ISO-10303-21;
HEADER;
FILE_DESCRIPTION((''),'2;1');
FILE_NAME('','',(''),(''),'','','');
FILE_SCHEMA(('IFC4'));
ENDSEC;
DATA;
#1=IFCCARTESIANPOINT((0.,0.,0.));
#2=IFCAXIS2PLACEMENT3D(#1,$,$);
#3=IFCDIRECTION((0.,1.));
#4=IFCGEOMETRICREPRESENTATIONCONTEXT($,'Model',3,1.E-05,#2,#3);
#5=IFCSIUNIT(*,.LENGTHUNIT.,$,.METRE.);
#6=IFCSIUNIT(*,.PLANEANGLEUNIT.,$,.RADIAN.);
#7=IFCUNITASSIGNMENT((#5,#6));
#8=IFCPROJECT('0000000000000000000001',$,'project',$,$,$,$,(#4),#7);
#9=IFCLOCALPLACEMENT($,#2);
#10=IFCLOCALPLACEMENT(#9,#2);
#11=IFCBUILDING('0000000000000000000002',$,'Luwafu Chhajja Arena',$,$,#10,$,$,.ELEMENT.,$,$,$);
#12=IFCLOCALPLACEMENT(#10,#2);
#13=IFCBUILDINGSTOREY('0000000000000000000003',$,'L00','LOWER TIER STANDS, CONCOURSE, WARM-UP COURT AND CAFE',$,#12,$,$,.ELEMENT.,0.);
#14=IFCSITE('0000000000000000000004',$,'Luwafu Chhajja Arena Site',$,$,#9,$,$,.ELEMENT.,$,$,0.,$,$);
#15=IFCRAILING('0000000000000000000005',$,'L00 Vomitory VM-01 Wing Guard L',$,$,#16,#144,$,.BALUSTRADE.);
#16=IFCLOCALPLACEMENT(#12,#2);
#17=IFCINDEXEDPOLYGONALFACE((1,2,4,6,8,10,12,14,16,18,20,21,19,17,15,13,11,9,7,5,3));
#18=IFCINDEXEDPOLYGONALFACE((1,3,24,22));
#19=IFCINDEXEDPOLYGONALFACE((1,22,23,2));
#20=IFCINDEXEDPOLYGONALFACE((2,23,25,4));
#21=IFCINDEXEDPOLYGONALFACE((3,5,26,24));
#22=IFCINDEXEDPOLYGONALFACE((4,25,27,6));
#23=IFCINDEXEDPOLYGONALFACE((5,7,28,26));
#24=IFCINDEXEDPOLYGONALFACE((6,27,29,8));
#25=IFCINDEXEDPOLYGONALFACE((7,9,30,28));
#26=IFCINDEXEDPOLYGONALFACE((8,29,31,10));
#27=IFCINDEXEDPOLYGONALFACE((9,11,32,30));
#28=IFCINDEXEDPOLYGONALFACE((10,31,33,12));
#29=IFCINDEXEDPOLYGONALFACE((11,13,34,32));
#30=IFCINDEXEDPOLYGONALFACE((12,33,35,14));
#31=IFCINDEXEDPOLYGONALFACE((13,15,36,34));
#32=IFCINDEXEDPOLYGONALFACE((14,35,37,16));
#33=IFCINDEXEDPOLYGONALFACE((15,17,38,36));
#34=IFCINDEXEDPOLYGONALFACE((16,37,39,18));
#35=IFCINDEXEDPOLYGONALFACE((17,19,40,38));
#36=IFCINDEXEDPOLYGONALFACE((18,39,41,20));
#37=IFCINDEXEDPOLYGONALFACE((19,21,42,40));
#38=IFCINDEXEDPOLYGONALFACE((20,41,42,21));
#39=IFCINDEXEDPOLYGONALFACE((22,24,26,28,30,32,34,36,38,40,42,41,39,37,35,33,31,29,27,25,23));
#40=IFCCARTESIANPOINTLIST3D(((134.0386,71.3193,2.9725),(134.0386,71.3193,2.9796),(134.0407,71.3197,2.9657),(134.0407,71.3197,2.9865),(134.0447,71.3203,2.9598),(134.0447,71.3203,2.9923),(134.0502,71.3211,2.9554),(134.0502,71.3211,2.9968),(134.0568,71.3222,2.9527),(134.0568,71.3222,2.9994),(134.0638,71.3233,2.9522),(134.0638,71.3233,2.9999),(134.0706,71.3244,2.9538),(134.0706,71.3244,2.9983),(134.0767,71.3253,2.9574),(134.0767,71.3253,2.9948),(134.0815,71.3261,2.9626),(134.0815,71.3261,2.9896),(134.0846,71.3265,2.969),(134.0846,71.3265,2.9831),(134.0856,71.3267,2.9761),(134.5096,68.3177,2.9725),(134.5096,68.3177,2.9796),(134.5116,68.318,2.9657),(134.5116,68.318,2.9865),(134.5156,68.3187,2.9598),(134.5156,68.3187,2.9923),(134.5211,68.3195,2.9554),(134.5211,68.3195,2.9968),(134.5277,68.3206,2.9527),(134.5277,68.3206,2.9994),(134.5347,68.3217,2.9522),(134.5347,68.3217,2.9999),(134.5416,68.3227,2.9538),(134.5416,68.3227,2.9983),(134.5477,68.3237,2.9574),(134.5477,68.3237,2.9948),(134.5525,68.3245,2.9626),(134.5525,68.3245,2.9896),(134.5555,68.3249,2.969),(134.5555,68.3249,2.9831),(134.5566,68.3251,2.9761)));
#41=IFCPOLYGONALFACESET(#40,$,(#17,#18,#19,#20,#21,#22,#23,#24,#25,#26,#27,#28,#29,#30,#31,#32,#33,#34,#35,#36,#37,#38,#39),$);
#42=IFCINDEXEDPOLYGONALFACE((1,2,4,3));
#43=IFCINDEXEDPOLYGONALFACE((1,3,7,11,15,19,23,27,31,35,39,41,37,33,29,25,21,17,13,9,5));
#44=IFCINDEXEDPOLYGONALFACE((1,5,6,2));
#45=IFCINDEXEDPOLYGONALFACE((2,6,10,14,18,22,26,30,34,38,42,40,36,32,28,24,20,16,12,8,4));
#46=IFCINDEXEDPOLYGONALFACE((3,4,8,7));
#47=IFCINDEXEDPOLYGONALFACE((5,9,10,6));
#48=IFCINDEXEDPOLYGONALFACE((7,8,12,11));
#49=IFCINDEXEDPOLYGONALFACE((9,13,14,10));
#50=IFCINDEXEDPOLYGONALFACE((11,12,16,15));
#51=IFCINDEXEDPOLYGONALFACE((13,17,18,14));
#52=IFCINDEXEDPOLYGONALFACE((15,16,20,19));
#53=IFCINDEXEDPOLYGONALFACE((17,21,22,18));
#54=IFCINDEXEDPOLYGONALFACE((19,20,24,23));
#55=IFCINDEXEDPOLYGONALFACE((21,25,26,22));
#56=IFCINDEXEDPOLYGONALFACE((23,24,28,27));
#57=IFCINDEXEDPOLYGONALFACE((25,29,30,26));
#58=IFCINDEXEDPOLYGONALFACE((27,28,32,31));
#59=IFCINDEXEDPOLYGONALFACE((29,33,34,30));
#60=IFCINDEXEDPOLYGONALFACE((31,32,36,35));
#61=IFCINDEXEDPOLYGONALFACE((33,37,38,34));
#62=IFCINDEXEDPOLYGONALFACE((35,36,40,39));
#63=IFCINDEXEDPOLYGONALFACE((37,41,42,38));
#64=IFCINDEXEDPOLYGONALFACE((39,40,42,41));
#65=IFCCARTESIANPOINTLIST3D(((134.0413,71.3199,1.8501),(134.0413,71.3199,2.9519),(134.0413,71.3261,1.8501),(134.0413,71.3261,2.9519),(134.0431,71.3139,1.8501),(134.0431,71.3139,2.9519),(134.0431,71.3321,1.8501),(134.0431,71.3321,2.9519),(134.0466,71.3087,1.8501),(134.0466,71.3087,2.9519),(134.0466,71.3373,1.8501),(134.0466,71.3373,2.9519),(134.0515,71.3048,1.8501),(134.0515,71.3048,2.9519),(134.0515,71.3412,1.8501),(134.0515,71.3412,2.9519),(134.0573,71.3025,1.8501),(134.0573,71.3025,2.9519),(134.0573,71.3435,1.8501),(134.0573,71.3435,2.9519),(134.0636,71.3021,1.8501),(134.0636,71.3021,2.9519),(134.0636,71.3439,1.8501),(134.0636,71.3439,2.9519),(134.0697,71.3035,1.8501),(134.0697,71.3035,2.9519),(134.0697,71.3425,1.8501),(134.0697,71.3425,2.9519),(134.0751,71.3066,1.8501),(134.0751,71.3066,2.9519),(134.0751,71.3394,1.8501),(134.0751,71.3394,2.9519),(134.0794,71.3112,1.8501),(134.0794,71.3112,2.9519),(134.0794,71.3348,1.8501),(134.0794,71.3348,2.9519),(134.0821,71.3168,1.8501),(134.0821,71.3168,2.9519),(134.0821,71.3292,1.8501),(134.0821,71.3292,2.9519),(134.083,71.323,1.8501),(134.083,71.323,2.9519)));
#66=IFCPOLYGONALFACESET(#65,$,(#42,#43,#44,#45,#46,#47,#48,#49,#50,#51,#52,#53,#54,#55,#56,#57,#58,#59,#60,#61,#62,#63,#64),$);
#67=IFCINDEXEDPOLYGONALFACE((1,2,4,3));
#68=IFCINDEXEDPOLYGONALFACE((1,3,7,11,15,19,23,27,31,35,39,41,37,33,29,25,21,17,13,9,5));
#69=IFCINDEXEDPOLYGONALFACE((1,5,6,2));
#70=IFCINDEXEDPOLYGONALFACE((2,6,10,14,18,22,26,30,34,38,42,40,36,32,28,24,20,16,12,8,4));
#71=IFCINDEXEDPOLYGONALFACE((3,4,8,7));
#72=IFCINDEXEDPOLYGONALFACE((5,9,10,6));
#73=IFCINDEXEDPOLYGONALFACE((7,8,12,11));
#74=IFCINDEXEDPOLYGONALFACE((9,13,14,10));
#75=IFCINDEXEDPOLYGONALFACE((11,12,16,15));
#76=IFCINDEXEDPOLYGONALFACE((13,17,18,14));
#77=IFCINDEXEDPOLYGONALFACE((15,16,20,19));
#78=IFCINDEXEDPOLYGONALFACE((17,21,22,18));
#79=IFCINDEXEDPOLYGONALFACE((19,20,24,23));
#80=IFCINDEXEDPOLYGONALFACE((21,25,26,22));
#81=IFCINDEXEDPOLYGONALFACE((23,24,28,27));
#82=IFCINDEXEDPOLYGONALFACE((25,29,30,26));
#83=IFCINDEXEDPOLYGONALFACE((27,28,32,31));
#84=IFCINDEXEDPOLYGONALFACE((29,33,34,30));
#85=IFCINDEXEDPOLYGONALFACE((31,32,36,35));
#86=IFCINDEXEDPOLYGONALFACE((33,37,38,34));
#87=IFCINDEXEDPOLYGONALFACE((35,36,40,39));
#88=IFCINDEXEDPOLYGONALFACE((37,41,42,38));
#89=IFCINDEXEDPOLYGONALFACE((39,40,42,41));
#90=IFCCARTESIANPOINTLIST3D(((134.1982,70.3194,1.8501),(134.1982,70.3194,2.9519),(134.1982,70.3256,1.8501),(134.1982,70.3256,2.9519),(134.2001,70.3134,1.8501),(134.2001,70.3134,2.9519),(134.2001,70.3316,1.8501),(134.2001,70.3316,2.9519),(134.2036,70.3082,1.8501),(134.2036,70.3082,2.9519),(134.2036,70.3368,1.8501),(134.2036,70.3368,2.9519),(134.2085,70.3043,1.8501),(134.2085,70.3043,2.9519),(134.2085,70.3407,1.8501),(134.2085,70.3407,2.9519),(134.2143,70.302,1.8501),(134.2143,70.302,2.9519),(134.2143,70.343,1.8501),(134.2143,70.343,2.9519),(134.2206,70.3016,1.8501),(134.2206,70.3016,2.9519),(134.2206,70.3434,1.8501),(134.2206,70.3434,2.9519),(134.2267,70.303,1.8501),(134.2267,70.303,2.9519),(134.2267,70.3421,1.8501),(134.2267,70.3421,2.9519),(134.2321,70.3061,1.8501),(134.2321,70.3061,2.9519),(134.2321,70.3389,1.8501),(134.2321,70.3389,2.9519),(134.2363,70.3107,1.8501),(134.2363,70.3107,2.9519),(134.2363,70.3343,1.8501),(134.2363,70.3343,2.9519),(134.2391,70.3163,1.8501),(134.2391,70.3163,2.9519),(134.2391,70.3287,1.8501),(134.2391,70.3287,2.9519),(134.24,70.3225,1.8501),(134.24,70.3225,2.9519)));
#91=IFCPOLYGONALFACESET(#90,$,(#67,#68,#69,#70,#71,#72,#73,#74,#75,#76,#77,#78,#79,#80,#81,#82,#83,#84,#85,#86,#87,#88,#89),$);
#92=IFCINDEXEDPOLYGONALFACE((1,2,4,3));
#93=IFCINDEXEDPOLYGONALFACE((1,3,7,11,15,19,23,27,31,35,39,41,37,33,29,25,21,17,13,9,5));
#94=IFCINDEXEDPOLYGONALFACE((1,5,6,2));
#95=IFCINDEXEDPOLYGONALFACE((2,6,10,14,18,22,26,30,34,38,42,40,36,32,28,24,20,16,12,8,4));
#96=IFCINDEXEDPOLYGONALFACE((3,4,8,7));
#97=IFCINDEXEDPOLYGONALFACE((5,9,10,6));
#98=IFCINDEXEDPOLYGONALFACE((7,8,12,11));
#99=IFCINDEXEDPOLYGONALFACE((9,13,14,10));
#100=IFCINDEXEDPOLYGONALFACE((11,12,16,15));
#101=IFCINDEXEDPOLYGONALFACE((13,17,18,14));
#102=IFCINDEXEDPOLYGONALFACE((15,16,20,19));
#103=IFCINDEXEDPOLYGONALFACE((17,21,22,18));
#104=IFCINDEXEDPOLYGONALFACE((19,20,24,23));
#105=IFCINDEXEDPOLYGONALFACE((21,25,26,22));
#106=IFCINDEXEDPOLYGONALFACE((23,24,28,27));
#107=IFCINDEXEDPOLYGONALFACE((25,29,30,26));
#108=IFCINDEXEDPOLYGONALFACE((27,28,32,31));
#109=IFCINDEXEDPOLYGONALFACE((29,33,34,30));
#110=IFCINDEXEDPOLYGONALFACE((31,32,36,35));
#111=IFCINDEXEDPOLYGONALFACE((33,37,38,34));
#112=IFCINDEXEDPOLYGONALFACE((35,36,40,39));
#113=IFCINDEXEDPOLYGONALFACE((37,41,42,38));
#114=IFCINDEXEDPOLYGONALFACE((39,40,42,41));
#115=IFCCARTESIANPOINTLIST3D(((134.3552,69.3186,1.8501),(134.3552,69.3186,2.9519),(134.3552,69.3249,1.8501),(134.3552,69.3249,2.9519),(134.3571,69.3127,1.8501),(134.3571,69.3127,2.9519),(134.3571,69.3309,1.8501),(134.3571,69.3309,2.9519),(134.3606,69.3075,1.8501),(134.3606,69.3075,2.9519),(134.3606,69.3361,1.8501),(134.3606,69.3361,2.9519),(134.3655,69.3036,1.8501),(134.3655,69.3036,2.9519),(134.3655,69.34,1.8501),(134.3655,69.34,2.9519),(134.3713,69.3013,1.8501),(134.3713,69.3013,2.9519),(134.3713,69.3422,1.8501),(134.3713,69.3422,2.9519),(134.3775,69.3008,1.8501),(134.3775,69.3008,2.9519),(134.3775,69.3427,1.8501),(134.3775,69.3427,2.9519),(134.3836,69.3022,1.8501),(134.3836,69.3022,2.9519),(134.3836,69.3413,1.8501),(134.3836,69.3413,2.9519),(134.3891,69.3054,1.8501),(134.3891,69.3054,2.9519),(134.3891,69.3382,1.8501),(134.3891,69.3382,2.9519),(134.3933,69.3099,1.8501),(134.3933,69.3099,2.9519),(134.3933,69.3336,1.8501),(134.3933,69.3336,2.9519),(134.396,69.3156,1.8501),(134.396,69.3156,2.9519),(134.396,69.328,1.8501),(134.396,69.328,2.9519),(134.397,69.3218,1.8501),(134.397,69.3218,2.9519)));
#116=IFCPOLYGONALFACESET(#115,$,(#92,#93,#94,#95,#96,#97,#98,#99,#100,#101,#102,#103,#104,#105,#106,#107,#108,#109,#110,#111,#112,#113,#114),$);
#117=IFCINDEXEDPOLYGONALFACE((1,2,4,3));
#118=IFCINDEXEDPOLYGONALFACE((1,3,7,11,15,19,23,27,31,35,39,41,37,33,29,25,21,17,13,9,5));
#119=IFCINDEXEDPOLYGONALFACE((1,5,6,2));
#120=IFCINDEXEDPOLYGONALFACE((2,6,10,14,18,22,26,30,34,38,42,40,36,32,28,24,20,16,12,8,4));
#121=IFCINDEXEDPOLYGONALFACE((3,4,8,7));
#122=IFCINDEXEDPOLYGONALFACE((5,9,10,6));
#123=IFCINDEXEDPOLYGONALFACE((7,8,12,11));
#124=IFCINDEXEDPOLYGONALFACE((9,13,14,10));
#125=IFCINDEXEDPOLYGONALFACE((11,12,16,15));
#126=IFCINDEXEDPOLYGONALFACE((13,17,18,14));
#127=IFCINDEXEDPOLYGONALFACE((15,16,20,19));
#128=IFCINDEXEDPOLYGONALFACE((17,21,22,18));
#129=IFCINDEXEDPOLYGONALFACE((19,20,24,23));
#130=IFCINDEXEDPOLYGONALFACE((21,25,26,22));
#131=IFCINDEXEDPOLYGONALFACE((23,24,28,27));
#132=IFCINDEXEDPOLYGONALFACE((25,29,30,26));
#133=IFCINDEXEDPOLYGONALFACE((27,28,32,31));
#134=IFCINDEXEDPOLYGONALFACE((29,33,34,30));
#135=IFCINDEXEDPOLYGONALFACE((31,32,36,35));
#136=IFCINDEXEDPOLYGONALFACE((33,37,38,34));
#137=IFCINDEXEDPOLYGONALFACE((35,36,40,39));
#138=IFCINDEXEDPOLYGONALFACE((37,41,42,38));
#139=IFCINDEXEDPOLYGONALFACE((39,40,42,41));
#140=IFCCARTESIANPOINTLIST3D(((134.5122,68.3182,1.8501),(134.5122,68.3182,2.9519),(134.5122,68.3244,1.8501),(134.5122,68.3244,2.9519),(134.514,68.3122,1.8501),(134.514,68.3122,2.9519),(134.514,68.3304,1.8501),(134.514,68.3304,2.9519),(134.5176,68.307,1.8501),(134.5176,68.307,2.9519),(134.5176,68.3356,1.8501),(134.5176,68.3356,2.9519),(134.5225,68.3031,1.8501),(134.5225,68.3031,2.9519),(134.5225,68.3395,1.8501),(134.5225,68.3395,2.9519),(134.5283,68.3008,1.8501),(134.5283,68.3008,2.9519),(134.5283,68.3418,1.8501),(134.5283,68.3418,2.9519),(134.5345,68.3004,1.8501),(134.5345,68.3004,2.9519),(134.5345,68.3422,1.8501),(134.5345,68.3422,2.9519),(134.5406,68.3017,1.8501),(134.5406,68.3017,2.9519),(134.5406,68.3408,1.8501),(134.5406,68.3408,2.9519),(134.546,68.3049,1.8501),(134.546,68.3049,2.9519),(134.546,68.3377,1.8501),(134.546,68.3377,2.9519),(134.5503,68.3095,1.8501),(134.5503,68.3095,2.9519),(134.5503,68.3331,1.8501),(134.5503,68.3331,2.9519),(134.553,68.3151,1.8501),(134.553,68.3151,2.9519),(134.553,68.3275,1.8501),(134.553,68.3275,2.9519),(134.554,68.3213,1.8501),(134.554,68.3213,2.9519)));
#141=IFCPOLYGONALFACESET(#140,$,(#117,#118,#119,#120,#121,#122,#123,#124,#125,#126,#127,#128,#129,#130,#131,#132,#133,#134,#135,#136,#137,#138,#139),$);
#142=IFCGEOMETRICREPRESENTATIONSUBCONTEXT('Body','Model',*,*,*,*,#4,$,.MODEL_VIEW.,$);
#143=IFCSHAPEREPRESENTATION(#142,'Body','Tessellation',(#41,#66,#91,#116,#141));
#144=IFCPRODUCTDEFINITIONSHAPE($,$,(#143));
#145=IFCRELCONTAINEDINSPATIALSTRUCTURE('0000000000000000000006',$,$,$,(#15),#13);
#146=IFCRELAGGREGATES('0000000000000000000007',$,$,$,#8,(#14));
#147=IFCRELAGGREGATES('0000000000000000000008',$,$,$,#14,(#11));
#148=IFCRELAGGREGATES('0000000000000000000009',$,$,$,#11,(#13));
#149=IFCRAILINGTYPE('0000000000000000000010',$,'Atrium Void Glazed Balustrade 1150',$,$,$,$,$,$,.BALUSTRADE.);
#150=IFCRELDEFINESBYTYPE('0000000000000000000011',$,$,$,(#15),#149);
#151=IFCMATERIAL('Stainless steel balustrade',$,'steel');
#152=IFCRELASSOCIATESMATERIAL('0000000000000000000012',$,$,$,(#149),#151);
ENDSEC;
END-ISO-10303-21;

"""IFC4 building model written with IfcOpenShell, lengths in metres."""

from ifc_helpers import new_model, si_unit, direction, frame, origin, origin_2d, place, context, subcontext, project, spatial, circle, extrude, material, type_object, element, save


model = new_model("IFC4")

# Units and contexts
model_context = context("Model", 3, precision=1e-05, world=origin(), true_north=direction((0.0, 1.0)))
body_context = subcontext(model_context, "Body", "Model", "MODEL_VIEW")
ifc_project = project(units=[si_unit("LENGTHUNIT", "METRE"), si_unit("PLANEANGLEUNIT", "RADIAN")], contexts=[model_context])

# Site, building, storey
site_placement = place(None, origin())
site = spatial("IfcSite", under=ifc_project, at=site_placement, Name="Luwafu Chhajja Arena Site", CompositionType="ELEMENT", RefElevation=0.0)
building_placement = place(site_placement, origin())
building = spatial("IfcBuilding", under=site, at=building_placement, Name="Luwafu Chhajja Arena", CompositionType="ELEMENT")
storey_placement = place(building_placement, origin())
storey = spatial("IfcBuildingStorey", under=building, at=storey_placement, Name="L00", Description="LOWER TIER STANDS, CONCOURSE, WARM-UP COURT AND CAFE", CompositionType="ELEMENT", Elevation=0.0)

# Railing
ifc_material_1 = material(Name="Stainless steel balustrade", Category="steel")
railing_type_1 = type_object("IfcRailingType", Name="Atrium Void Glazed Balustrade 1150", PredefinedType="BALUSTRADE", material=ifc_material_1)
for number, where, name in (
    (1, (134.062, 71.323, 1.8501), "L00 Vomitory VM-01 Wing Guard L"),
):
    element("IfcRailing", number, at=place(storey_placement, frame(where)), inside=storey, type_object=railing_type_1, Name=name, PredefinedType="BALUSTRADE", context=body_context, shape_type="SweptSolid", body=[
        extrude(circle(Radius=0.0239, at=origin_2d()), frame((0.0, 0.0, 1.126), z_axis=(0.154997, -0.987915, 0.0), x_axis=(0.987915, 0.154997, 0.0)), (0.0, 0.0, 1.0), 3.0383),
        extrude(circle(Radius=0.021, at=origin_2d()), origin(), (0.0, 0.0, 1.0), 1.1018),
        extrude(circle(Radius=0.021, at=origin_2d()), frame((0.157, -1.0005, 0.0)), (0.0, 0.0, 1.0), 1.1018),
        extrude(circle(Radius=0.021, at=origin_2d()), frame((0.314, -2.0012, 0.0)), (0.0, 0.0, 1.0), 1.1018),
        extrude(circle(Radius=0.021, at=origin_2d()), frame((0.4709, -3.0017, 0.0)), (0.0, 0.0, 1.0), 1.1018),
    ])

save(model, "model.ifc")
